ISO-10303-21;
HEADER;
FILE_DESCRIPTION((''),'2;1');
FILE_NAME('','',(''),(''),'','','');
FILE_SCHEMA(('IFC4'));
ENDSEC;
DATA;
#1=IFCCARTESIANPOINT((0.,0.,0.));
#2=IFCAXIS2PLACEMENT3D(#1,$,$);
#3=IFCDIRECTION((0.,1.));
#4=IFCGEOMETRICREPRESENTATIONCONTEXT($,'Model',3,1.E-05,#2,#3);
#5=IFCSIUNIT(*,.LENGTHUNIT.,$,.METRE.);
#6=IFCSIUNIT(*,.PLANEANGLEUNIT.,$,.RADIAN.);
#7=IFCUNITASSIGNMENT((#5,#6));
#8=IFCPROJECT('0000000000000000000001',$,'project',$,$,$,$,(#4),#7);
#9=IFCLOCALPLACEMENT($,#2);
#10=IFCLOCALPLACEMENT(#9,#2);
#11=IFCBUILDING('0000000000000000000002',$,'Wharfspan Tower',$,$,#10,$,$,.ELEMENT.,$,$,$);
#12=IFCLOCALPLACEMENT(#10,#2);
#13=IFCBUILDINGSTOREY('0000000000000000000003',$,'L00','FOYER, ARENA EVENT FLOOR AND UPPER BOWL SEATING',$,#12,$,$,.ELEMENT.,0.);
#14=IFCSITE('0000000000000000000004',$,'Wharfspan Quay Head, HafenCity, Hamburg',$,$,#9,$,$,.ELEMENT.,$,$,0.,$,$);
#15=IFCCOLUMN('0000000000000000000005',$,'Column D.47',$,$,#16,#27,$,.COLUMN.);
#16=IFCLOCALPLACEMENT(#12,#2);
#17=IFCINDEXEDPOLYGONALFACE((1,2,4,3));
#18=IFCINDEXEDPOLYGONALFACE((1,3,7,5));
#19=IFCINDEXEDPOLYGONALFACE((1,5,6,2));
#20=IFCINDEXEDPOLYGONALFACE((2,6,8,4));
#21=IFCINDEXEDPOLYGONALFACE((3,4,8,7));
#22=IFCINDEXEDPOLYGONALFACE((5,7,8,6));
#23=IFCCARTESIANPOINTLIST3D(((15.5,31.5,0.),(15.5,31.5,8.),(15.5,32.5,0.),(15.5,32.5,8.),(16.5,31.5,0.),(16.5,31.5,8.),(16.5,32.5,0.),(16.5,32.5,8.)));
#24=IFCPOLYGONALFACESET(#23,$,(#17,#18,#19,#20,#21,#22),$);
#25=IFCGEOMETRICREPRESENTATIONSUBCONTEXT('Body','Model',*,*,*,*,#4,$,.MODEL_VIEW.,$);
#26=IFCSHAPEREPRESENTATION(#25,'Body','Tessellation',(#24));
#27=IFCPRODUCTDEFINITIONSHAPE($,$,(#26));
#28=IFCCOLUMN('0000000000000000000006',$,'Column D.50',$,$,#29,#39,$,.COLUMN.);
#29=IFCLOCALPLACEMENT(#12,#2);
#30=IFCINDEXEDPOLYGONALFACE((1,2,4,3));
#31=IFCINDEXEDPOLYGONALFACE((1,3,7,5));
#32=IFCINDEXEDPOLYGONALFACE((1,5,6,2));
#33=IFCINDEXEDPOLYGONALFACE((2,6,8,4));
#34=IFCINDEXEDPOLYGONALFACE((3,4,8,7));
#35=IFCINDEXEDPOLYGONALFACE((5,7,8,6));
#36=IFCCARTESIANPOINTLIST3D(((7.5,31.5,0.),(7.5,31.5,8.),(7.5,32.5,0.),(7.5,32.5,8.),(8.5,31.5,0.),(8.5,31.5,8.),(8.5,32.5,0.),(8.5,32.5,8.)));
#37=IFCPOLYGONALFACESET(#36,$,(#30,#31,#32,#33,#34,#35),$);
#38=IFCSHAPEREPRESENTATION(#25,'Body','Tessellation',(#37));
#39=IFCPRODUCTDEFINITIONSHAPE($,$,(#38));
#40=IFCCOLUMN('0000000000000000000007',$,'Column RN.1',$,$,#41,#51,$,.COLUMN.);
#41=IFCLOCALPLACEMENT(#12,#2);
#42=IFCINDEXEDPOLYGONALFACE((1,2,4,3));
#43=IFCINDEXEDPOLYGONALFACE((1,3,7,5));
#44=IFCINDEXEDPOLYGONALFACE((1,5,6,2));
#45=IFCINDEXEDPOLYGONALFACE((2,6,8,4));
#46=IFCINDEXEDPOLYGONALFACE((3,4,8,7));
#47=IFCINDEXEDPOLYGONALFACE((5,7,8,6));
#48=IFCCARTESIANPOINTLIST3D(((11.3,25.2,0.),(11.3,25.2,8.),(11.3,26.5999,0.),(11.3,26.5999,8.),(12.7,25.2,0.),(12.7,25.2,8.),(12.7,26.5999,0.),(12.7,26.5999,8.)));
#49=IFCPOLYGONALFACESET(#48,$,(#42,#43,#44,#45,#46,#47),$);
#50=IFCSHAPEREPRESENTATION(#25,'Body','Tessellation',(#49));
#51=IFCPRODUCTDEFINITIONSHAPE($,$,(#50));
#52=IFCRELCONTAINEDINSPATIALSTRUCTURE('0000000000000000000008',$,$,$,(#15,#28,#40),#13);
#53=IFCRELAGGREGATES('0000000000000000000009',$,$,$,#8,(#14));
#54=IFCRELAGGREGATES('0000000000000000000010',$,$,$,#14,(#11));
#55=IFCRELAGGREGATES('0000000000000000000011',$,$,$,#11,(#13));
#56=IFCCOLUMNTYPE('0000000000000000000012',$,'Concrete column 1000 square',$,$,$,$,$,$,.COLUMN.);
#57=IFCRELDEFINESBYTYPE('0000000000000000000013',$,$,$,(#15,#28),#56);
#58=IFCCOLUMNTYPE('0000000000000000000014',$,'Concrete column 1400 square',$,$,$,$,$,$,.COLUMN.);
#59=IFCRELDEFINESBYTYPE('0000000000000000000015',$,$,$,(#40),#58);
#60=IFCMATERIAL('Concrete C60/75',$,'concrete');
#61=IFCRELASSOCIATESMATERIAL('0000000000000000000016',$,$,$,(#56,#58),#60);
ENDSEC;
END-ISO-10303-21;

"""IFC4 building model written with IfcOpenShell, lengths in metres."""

from ifc_helpers import new_model, si_unit, direction, frame, origin, origin_2d, place, context, subcontext, project, spatial, rectangle, extrude, material, material_profile, profile_set, type_object, element, save


model = new_model("IFC4")

# Units and contexts
model_context = context("Model", 3, precision=1e-05, world=origin(), true_north=direction((0.0, 1.0)))
body_context = subcontext(model_context, "Body", "Model", "MODEL_VIEW")
ifc_project = project(units=[si_unit("LENGTHUNIT", "METRE"), si_unit("PLANEANGLEUNIT", "RADIAN")], contexts=[model_context])

# Site, building, storey
site_placement = place(None, origin())
site = spatial("IfcSite", under=ifc_project, at=site_placement, Name="Wharfspan Quay Head, HafenCity, Hamburg", CompositionType="ELEMENT", RefElevation=0.0)
building_placement = place(site_placement, origin())
building = spatial("IfcBuilding", under=site, at=building_placement, Name="Wharfspan Tower", CompositionType="ELEMENT")
storey_placement = place(building_placement, origin())
storey = spatial("IfcBuildingStorey", under=building, at=storey_placement, Name="L00", Description="FOYER, ARENA EVENT FLOOR AND UPPER BOWL SEATING", CompositionType="ELEMENT", Elevation=0.0)

# Columns
ifc_material = material(Name="Concrete C60/75", Category="concrete")
ifc_material_profile_1 = material_profile(ifc_material, rectangle(XDim=1.0, YDim=1.0, at=origin_2d()))
ifc_profile_set_1 = profile_set([ifc_material_profile_1], Name="Concrete C60/75")
column_type_1 = type_object("IfcColumnType", Name="Concrete column 1000 square", PredefinedType="COLUMN", material=ifc_profile_set_1)
for number, where, z_axis, x_axis, name in (
    (1, (16.0, 32.0, 0.0), (0.0, 0.0, 1.0), (1.0, 0.0, 0.0), "Column D.47"),
    (2, (8.0, 32.0, 0.0), (0.0, 0.0, 1.0), (1.0, 0.0, 0.0), "Column D.50"),
):
    element("IfcColumn", number, at=place(storey_placement, frame(where, z_axis=z_axis, x_axis=x_axis)), inside=storey, type_object=column_type_1, Name=name, PredefinedType="COLUMN", context=body_context, shape_type="SweptSolid", body=[
        extrude(rectangle(XDim=1.0, YDim=1.0, at=origin_2d()), origin(), (0.0, 0.0, 1.0), 8.0),
    ])
ifc_material_profile_2 = material_profile(ifc_material, rectangle(XDim=1.3999, YDim=1.3999, at=origin_2d()))
ifc_profile_set_2 = profile_set([ifc_material_profile_2], Name="Concrete C60/75")
column_type_2 = type_object("IfcColumnType", Name="Concrete column 1400 square", PredefinedType="COLUMN", material=ifc_profile_set_2)
column_placement = place(storey_placement, frame((12.0, 25.8999, 0.0), z_axis=(0.0, 0.0, 1.0), x_axis=(1.0, 0.0, 0.0)))
element("IfcColumn", 3, at=column_placement, inside=storey, type_object=column_type_2, Name="Column RN.1", PredefinedType="COLUMN", context=body_context, shape_type="SweptSolid", body=[
    extrude(rectangle(XDim=1.3999, YDim=1.3999, at=origin_2d()), origin(), (0.0, 0.0, 1.0), 8.0),
])

save(model, "model.ifc")
